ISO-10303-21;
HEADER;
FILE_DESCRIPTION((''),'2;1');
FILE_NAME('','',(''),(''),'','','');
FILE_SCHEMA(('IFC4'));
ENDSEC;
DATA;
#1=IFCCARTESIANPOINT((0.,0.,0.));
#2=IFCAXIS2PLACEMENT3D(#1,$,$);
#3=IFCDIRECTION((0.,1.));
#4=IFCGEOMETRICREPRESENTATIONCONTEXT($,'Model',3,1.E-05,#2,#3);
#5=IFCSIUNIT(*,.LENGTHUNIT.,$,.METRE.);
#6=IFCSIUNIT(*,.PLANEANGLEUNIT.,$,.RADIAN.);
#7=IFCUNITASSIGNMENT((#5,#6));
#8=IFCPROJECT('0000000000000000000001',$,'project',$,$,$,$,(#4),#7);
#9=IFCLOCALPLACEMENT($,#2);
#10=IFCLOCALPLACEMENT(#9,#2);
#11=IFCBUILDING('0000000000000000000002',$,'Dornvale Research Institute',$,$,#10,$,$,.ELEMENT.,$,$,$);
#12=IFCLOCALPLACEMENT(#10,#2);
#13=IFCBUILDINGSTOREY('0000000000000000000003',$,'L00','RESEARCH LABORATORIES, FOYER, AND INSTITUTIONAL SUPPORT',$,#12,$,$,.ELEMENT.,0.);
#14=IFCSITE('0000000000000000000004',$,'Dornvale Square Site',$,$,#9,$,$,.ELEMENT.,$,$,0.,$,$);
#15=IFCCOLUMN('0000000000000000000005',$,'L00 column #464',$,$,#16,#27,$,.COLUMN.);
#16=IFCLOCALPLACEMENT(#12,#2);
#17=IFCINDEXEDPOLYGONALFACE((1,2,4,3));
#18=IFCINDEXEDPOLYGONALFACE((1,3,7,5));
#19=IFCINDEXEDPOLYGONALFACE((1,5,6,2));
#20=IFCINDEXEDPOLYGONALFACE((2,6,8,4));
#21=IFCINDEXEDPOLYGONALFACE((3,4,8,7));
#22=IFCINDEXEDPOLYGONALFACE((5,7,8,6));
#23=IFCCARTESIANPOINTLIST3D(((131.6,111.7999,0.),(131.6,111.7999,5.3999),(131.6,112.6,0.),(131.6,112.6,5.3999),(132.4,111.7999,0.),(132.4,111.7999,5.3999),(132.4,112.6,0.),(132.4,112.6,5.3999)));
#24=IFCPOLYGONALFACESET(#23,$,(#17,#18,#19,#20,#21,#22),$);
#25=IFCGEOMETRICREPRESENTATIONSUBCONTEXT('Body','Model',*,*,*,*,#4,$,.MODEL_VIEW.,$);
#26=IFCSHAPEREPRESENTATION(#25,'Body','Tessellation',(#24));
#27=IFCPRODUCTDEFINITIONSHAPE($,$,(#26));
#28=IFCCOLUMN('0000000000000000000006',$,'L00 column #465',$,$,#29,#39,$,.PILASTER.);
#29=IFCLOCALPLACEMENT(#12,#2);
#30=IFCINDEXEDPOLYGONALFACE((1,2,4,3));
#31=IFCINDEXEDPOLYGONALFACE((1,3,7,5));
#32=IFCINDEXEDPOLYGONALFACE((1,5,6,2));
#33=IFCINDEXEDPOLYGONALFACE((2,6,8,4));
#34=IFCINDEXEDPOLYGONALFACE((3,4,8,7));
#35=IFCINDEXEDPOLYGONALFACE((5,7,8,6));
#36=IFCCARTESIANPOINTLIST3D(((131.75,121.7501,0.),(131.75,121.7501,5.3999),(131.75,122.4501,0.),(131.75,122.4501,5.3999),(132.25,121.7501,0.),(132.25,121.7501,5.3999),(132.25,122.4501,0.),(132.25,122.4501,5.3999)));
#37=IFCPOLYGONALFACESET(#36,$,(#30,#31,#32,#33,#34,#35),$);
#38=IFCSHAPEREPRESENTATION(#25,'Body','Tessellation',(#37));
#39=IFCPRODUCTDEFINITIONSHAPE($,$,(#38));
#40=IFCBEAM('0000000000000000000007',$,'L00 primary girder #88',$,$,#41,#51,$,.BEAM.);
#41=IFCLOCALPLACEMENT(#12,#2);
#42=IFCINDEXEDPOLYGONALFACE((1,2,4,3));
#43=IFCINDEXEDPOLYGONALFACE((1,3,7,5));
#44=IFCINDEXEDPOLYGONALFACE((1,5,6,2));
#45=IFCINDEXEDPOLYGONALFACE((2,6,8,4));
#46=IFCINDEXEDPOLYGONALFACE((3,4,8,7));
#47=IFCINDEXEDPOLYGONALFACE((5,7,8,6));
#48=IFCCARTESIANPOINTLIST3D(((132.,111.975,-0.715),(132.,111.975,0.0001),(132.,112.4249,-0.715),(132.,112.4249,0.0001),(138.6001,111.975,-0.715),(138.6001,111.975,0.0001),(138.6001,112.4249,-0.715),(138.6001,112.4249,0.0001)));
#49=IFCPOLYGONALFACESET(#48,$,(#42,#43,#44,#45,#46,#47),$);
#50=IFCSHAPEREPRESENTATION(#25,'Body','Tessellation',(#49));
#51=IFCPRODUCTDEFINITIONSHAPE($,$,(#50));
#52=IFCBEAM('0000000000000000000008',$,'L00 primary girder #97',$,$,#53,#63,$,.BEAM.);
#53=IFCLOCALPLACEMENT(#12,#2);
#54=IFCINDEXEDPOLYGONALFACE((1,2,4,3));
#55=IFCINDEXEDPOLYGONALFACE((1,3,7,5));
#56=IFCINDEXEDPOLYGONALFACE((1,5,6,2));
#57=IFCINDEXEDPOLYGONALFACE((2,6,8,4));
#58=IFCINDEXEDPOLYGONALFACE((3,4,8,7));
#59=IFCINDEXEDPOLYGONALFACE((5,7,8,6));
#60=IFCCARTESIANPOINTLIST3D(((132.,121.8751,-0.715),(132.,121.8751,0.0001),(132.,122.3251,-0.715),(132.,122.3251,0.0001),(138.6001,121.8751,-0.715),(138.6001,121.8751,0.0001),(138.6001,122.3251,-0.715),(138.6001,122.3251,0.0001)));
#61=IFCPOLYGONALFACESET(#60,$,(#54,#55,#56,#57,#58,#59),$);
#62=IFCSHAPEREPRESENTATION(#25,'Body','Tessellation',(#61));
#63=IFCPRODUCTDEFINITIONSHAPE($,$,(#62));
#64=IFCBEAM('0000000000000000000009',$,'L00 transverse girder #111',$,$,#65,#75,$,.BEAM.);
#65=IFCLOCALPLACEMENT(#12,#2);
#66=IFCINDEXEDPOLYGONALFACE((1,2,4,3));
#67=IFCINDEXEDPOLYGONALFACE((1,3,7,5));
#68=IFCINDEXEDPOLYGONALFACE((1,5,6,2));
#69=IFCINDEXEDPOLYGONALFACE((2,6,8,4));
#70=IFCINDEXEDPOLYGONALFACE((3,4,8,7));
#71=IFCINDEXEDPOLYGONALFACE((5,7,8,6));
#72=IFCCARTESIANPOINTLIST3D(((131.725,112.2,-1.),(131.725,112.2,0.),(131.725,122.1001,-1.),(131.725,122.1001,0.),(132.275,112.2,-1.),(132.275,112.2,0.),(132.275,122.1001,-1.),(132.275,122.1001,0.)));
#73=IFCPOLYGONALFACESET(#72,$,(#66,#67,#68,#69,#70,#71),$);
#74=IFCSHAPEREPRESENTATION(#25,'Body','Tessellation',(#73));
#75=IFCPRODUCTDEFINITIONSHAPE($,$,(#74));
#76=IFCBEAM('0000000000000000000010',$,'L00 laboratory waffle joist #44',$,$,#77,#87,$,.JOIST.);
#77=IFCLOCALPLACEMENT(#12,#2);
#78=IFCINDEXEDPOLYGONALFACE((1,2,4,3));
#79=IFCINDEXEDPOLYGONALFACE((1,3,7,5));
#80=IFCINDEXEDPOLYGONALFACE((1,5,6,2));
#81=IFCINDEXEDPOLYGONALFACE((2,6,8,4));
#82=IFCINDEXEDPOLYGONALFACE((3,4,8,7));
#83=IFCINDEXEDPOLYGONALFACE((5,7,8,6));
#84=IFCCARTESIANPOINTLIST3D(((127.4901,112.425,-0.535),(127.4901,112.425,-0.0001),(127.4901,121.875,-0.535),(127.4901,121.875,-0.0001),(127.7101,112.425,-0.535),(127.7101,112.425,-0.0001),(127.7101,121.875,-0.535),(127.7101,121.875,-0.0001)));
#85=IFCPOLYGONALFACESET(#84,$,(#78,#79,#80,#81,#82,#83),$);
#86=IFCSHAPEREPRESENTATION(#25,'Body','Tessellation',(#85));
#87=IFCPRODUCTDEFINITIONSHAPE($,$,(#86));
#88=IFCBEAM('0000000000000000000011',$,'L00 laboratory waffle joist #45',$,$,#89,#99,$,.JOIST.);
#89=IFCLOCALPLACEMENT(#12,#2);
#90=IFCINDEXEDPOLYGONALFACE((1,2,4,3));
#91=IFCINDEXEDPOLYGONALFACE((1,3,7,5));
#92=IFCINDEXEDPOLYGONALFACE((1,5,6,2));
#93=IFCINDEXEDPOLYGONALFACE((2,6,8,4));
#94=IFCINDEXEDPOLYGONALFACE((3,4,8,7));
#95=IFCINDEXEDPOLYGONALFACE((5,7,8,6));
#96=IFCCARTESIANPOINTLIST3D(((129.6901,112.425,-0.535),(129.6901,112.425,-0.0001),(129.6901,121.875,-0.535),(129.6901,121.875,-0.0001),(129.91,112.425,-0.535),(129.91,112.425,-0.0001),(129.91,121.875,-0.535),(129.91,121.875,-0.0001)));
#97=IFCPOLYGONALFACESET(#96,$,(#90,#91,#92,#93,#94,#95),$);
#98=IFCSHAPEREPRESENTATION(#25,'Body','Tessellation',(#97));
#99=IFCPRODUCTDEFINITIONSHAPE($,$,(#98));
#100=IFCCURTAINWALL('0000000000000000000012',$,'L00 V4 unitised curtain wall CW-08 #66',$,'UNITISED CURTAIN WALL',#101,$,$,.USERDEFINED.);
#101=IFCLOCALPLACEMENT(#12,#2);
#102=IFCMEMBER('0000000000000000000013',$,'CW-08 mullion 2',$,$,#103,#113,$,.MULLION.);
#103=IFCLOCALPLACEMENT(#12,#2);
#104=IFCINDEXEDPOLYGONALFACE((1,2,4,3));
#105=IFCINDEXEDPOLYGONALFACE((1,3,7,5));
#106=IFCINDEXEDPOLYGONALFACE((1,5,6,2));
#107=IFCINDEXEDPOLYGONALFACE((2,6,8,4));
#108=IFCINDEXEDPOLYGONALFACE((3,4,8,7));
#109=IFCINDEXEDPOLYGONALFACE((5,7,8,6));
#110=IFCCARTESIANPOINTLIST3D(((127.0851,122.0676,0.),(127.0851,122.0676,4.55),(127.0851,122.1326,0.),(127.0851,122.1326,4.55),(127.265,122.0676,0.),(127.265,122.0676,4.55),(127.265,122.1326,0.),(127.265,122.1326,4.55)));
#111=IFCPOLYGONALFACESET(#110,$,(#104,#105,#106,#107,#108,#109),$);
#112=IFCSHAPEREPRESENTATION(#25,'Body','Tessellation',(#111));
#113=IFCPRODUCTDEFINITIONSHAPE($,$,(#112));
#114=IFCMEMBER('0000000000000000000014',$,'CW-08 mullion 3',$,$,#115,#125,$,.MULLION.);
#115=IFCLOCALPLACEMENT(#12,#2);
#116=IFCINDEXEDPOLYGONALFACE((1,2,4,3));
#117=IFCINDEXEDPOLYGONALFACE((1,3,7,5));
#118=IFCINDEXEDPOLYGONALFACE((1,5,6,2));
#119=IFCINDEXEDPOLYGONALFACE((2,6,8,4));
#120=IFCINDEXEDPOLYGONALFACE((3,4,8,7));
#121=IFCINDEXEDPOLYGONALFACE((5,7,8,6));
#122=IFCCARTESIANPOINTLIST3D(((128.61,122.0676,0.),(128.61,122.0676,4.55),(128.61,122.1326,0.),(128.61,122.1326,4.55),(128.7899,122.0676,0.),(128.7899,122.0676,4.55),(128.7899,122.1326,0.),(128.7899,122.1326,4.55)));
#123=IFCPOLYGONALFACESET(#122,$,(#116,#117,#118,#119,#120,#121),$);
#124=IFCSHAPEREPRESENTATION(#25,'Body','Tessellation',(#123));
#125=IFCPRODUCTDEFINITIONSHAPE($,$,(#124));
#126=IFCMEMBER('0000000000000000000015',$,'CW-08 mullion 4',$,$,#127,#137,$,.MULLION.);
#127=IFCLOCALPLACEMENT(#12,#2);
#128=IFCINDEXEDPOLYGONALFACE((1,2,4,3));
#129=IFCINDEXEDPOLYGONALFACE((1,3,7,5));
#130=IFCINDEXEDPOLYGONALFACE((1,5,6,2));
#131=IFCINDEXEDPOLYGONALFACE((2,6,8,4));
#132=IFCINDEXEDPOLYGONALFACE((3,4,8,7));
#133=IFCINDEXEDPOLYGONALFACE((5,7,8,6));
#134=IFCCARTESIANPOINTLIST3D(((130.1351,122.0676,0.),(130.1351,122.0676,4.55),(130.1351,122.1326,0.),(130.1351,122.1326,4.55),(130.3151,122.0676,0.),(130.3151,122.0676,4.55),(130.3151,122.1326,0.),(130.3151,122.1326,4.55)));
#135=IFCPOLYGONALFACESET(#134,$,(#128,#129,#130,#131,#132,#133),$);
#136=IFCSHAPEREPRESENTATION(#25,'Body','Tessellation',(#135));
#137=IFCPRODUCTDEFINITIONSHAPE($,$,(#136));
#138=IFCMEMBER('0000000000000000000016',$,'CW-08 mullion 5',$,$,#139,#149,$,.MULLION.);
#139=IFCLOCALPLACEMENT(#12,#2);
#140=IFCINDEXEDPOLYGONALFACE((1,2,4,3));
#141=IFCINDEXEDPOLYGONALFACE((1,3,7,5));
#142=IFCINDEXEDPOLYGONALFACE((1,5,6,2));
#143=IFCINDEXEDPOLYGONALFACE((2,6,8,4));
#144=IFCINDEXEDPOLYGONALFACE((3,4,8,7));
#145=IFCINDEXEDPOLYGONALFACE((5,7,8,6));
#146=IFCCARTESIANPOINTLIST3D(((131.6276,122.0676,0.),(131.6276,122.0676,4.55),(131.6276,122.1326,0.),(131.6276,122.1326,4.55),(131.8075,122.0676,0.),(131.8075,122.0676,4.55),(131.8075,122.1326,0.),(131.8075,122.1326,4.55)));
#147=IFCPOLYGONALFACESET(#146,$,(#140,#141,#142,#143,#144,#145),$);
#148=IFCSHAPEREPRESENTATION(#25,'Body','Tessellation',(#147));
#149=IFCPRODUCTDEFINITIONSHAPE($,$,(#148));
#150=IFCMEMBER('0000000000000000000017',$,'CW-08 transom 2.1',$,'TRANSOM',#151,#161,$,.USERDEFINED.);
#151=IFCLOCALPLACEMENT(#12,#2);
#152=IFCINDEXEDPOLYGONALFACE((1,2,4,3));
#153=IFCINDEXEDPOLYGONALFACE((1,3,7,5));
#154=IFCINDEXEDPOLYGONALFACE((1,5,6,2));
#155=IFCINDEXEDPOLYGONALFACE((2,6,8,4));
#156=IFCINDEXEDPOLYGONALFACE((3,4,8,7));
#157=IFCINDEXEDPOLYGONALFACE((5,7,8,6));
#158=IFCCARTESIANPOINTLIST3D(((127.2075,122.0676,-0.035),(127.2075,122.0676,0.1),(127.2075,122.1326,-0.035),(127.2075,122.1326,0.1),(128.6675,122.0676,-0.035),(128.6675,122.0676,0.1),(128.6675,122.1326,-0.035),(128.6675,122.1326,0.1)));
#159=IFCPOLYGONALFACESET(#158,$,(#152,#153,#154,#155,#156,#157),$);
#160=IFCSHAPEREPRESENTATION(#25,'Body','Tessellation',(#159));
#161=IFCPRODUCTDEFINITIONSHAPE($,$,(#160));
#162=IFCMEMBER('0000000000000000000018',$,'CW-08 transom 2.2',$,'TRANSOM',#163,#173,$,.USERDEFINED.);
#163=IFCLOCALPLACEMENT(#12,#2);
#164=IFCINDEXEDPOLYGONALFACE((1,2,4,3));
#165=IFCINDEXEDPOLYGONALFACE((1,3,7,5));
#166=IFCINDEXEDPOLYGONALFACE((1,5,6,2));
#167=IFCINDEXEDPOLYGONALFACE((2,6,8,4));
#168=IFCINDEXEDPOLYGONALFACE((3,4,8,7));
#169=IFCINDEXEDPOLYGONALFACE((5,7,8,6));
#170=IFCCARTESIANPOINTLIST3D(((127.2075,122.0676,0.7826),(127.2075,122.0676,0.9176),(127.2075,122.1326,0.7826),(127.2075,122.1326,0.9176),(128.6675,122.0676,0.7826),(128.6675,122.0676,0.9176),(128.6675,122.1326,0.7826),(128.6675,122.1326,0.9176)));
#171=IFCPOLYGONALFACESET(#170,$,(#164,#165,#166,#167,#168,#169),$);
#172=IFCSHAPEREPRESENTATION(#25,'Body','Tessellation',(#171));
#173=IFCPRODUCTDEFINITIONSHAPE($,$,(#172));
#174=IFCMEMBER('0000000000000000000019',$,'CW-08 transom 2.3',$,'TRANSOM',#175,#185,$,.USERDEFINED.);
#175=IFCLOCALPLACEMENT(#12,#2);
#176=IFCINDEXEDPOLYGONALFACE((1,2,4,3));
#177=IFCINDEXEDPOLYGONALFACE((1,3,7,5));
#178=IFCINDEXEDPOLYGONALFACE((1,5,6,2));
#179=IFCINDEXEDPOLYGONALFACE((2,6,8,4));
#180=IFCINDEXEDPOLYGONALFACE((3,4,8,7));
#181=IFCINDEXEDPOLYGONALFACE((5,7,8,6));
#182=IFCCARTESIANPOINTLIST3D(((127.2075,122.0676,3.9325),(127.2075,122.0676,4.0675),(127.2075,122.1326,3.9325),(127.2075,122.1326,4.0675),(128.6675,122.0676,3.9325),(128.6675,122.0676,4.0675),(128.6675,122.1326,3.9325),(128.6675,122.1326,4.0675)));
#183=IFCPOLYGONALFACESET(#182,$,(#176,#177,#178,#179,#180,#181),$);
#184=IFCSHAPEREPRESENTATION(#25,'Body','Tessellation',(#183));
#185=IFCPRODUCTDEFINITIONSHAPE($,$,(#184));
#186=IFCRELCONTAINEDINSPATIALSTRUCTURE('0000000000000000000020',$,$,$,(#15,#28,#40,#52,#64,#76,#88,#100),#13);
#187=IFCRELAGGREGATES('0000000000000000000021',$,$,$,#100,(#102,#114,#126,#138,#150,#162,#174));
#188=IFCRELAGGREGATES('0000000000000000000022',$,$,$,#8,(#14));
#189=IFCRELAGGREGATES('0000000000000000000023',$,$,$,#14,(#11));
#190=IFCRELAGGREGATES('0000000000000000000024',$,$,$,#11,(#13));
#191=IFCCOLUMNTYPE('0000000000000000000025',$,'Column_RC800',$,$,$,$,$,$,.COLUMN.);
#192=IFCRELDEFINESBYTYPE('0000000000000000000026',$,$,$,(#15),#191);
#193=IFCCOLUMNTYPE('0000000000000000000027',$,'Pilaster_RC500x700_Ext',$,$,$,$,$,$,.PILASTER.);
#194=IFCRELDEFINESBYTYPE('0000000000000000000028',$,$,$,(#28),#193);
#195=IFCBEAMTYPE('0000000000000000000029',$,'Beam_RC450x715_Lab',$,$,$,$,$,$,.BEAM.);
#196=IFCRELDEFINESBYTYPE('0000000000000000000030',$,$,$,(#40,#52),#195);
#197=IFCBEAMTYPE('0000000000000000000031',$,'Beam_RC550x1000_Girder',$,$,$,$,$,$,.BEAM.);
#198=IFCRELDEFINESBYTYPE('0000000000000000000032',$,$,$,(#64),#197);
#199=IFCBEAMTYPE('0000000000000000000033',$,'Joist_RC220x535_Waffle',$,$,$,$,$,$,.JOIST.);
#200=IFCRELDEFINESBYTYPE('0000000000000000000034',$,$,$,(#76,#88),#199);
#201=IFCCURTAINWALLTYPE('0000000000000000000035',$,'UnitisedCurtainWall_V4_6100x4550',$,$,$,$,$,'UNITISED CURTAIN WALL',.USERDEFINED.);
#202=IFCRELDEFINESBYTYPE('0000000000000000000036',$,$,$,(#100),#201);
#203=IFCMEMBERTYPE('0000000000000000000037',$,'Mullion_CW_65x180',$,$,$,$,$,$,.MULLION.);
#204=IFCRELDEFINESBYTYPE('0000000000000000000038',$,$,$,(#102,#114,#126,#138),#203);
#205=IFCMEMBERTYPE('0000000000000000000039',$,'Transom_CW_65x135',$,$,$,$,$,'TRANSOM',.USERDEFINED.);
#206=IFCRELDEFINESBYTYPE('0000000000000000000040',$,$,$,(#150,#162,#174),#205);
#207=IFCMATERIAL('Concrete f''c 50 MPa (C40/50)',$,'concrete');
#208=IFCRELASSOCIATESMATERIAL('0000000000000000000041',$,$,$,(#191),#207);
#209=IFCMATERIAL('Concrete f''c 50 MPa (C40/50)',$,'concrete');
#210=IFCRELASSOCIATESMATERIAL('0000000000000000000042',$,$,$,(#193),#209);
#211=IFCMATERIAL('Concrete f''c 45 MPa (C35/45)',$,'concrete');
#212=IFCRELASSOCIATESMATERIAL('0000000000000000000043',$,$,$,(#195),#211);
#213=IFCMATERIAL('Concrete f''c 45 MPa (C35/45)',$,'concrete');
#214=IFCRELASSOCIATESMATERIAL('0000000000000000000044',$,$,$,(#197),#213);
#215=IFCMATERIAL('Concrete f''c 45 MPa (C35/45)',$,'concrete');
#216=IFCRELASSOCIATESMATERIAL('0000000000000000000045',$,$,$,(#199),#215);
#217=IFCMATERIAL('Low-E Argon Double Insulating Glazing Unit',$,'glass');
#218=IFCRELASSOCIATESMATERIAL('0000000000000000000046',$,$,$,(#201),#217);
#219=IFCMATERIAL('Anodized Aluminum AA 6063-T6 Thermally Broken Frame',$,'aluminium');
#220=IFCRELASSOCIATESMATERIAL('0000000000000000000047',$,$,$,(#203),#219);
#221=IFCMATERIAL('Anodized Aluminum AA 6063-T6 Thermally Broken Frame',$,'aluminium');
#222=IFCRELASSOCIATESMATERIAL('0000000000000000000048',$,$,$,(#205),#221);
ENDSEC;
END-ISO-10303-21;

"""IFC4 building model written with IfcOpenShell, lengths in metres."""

from ifc_helpers import new_model, si_unit, direction, frame, origin, origin_2d, place, context, subcontext, project, spatial, rectangle, extrude, material, material_profile, profile_set, type_object, element, aggregate, save


model = new_model("IFC4")

# Units and contexts
model_context = context("Model", 3, precision=1e-05, world=origin(), true_north=direction((0.0, 1.0)))
body_context = subcontext(model_context, "Body", "Model", "MODEL_VIEW")
ifc_project = project(units=[si_unit("LENGTHUNIT", "METRE"), si_unit("PLANEANGLEUNIT", "RADIAN")], contexts=[model_context])

# Site, building, storey
site_placement = place(None, origin())
site = spatial("IfcSite", under=ifc_project, at=site_placement, Name="Dornvale Square Site", CompositionType="ELEMENT", RefElevation=0.0)
building_placement = place(site_placement, origin())
building = spatial("IfcBuilding", under=site, at=building_placement, Name="Dornvale Research Institute", CompositionType="ELEMENT")
storey_placement = place(building_placement, origin())
storey = spatial("IfcBuildingStorey", under=building, at=storey_placement, Name="L00", Description="RESEARCH LABORATORIES, FOYER, AND INSTITUTIONAL SUPPORT", CompositionType="ELEMENT", Elevation=0.0)

# Columns
ifc_material_1 = material(Name="Concrete f'c 50 MPa (C40/50)", Category="concrete")
ifc_material_profile_1 = material_profile(ifc_material_1, rectangle(XDim=0.8, YDim=0.8, at=origin_2d()), Name="RC 800x800")
ifc_profile_set_1 = profile_set([ifc_material_profile_1], Name="Concrete f'c 50 MPa (C40/50)")
column_type_1 = type_object("IfcColumnType", Name="Column_RC800", PredefinedType="COLUMN", material=ifc_profile_set_1)
column_1_placement = place(storey_placement, frame((132.0, 112.2, 0.0), z_axis=(0.0, 0.0, 1.0), x_axis=(1.0, 0.0, 0.0)))
element("IfcColumn", 1, at=column_1_placement, inside=storey, type_object=column_type_1, Name="L00 column #464", PredefinedType="COLUMN", context=body_context, shape_type="SweptSolid", body=[
    extrude(rectangle(XDim=0.8, YDim=0.8, at=origin_2d()), origin(), (0.0, 0.0, 1.0), 5.3999),
])
ifc_material_2 = material(Name="Concrete f'c 50 MPa (C40/50)", Category="concrete")
ifc_material_profile_2 = material_profile(ifc_material_2, rectangle(XDim=0.5, YDim=0.7, at=origin_2d()), Name="RC 500x700")
ifc_profile_set_2 = profile_set([ifc_material_profile_2], Name="Concrete f'c 50 MPa (C40/50)")
column_type_2 = type_object("IfcColumnType", Name="Pilaster_RC500x700_Ext", PredefinedType="PILASTER", material=ifc_profile_set_2)
column_2_placement = place(storey_placement, frame((132.0, 122.1001, 0.0), z_axis=(0.0, 0.0, 1.0), x_axis=(1.0, 0.0, 0.0)))
element("IfcColumn", 2, at=column_2_placement, inside=storey, type_object=column_type_2, Name="L00 column #465", PredefinedType="PILASTER", context=body_context, shape_type="SweptSolid", body=[
    extrude(rectangle(XDim=0.5, YDim=0.7, at=origin_2d()), origin(), (0.0, 0.0, 1.0), 5.3999),
])

# Beams
ifc_material_3 = material(Name="Concrete f'c 45 MPa (C35/45)", Category="concrete")
ifc_material_profile_3 = material_profile(ifc_material_3, rectangle(XDim=0.45, YDim=0.7151, at=origin_2d()), Name="RC 450x715")
ifc_profile_set_3 = profile_set([ifc_material_profile_3], Name="Concrete f'c 45 MPa (C35/45)")
beam_type_1 = type_object("IfcBeamType", Name="Beam_RC450x715_Lab", PredefinedType="BEAM", material=ifc_profile_set_3)
for number, where, z_axis, x_axis, name in (
    (3, (132.0, 112.2, -0.3574), (1.0, 0.0, 0.0), (0.0, 1.0, 0.0), "L00 primary girder #88"),
    (4, (132.0, 122.1001, -0.3574), (1.0, 0.0, 0.0), (0.0, 1.0, 0.0), "L00 primary girder #97"),
):
    element("IfcBeam", number, at=place(storey_placement, frame(where, z_axis=z_axis, x_axis=x_axis)), inside=storey, type_object=beam_type_1, Name=name, PredefinedType="BEAM", context=body_context, shape_type="SweptSolid", body=[
        extrude(rectangle(XDim=0.45, YDim=0.7151, at=origin_2d()), origin(), (0.0, 0.0, 1.0), 6.6001),
    ])
ifc_material_4 = material(Name="Concrete f'c 45 MPa (C35/45)", Category="concrete")
ifc_material_profile_4 = material_profile(ifc_material_4, rectangle(XDim=0.55, YDim=1.0, at=origin_2d()), Name="RC 550x1000")
ifc_profile_set_4 = profile_set([ifc_material_profile_4], Name="Concrete f'c 45 MPa (C35/45)")
beam_type_2 = type_object("IfcBeamType", Name="Beam_RC550x1000_Girder", PredefinedType="BEAM", material=ifc_profile_set_4)
beam_placement = place(storey_placement, frame((132.0, 112.2, -0.5), z_axis=(0.0, 1.0, 0.0), x_axis=(-1.0, 0.0, 0.0)))
element("IfcBeam", 5, at=beam_placement, inside=storey, type_object=beam_type_2, Name="L00 transverse girder #111", PredefinedType="BEAM", context=body_context, shape_type="SweptSolid", body=[
    extrude(rectangle(XDim=0.55, YDim=1.0, at=origin_2d()), origin(), (0.0, 0.0, 1.0), 9.9001),
])
ifc_material_5 = material(Name="Concrete f'c 45 MPa (C35/45)", Category="concrete")
ifc_material_profile_5 = material_profile(ifc_material_5, rectangle(XDim=0.22, YDim=0.5349, at=origin_2d()), Name="RC 220x535")
ifc_profile_set_5 = profile_set([ifc_material_profile_5], Name="Concrete f'c 45 MPa (C35/45)")
beam_type_3 = type_object("IfcBeamType", Name="Joist_RC220x535_Waffle", PredefinedType="JOIST", material=ifc_profile_set_5)
for number, where, z_axis, x_axis, name in (
    (6, (127.6001, 112.425, -0.2676), (0.0, 1.0, 0.0), (-1.0, 0.0, 0.0), "L00 laboratory waffle joist #44"),
    (7, (129.8, 112.425, -0.2676), (0.0, 1.0, 0.0), (-1.0, 0.0, 0.0), "L00 laboratory waffle joist #45"),
):
    element("IfcBeam", number, at=place(storey_placement, frame(where, z_axis=z_axis, x_axis=x_axis)), inside=storey, type_object=beam_type_3, Name=name, PredefinedType="JOIST", context=body_context, shape_type="SweptSolid", body=[
        extrude(rectangle(XDim=0.22, YDim=0.5349, at=origin_2d()), origin(), (0.0, 0.0, 1.0), 9.45),
    ])

# Curtain wall, members
ifc_material_6 = material(Name="Low-E Argon Double Insulating Glazing Unit", Category="glass")
curtain_wall_type = type_object("IfcCurtainWallType", Name="UnitisedCurtainWall_V4_6100x4550", ElementType="UNITISED CURTAIN WALL", PredefinedType="USERDEFINED", material=ifc_material_6)
curtain_wall_placement = place(storey_placement, origin())
curtain_wall = element("IfcCurtainWall", 8, at=curtain_wall_placement, inside=storey, type_object=curtain_wall_type, Name="L00 V4 unitised curtain wall CW-08 #66", ObjectType="UNITISED CURTAIN WALL", PredefinedType="USERDEFINED")
ifc_material_7 = material(Name="Anodized Aluminum AA 6063-T6 Thermally Broken Frame", Category="aluminium")
ifc_material_profile_6 = material_profile(ifc_material_7, rectangle(XDim=0.0649, YDim=0.1799, at=origin_2d()), Name="ALU MULLION 65x180")
ifc_profile_set_6 = profile_set([ifc_material_profile_6], Name="Anodized Aluminum AA 6063-T6 Thermally Broken Frame")
member_type_1 = type_object("IfcMemberType", Name="Mullion_CW_65x180", PredefinedType="MULLION", material=ifc_profile_set_6)
member_1_placement = place(storey_placement, frame((127.175, 122.1001, 0.0), z_axis=(0.0, 0.0, 1.0), x_axis=(0.0, 1.0, 0.0)))
member_1 = element("IfcMember", 9, at=member_1_placement, type_object=member_type_1, Name="CW-08 mullion 2", PredefinedType="MULLION", context=body_context, shape_type="SweptSolid", body=[
    extrude(rectangle(XDim=0.0649, YDim=0.1799, at=origin_2d()), origin(), (0.0, 0.0, 1.0), 4.55),
])
member_2_placement = place(storey_placement, frame((128.7, 122.1001, 0.0), z_axis=(0.0, 0.0, 1.0), x_axis=(0.0, 1.0, 0.0)))
member_2 = element("IfcMember", 10, at=member_2_placement, type_object=member_type_1, Name="CW-08 mullion 3", PredefinedType="MULLION", context=body_context, shape_type="SweptSolid", body=[
    extrude(rectangle(XDim=0.0649, YDim=0.1799, at=origin_2d()), origin(), (0.0, 0.0, 1.0), 4.55),
])
member_3_placement = place(storey_placement, frame((130.2251, 122.1001, 0.0), z_axis=(0.0, 0.0, 1.0), x_axis=(0.0, 1.0, 0.0)))
member_3 = element("IfcMember", 11, at=member_3_placement, type_object=member_type_1, Name="CW-08 mullion 4", PredefinedType="MULLION", context=body_context, shape_type="SweptSolid", body=[
    extrude(rectangle(XDim=0.0649, YDim=0.1799, at=origin_2d()), origin(), (0.0, 0.0, 1.0), 4.55),
])
member_4_placement = place(storey_placement, frame((131.7175, 122.1001, 0.0), z_axis=(0.0, 0.0, 1.0), x_axis=(0.0, 1.0, 0.0)))
member_4 = element("IfcMember", 12, at=member_4_placement, type_object=member_type_1, Name="CW-08 mullion 5", PredefinedType="MULLION", context=body_context, shape_type="SweptSolid", body=[
    extrude(rectangle(XDim=0.0649, YDim=0.1799, at=origin_2d()), origin(), (0.0, 0.0, 1.0), 4.55),
])
ifc_material_8 = material(Name="Anodized Aluminum AA 6063-T6 Thermally Broken Frame", Category="aluminium")
ifc_material_profile_7 = material_profile(ifc_material_8, rectangle(XDim=0.0649, YDim=0.135, at=origin_2d()), Name="ALU TRANSOM 65x135")
ifc_profile_set_7 = profile_set([ifc_material_profile_7], Name="Anodized Aluminum AA 6063-T6 Thermally Broken Frame")
member_type_2 = type_object("IfcMemberType", Name="Transom_CW_65x135", ElementType="TRANSOM", PredefinedType="USERDEFINED", material=ifc_profile_set_7)
member_5_placement = place(storey_placement, frame((127.2075, 122.1001, 0.0325), z_axis=(1.0, 0.0, 0.0), x_axis=(0.0, 1.0, 0.0)))
member_5 = element("IfcMember", 13, at=member_5_placement, type_object=member_type_2, Name="CW-08 transom 2.1", ObjectType="TRANSOM", PredefinedType="USERDEFINED", context=body_context, shape_type="SweptSolid", body=[
    extrude(rectangle(XDim=0.0649, YDim=0.135, at=origin_2d()), origin(), (0.0, 0.0, 1.0), 1.46),
])
member_6_placement = place(storey_placement, frame((127.2075, 122.1001, 0.8501), z_axis=(1.0, 0.0, 0.0), x_axis=(0.0, 1.0, 0.0)))
member_6 = element("IfcMember", 14, at=member_6_placement, type_object=member_type_2, Name="CW-08 transom 2.2", ObjectType="TRANSOM", PredefinedType="USERDEFINED", context=body_context, shape_type="SweptSolid", body=[
    extrude(rectangle(XDim=0.0649, YDim=0.135, at=origin_2d()), origin(), (0.0, 0.0, 1.0), 1.46),
])
member_7_placement = place(storey_placement, frame((127.2075, 122.1001, 4.0), z_axis=(1.0, 0.0, 0.0), x_axis=(0.0, 1.0, 0.0)))
member_7 = element("IfcMember", 15, at=member_7_placement, type_object=member_type_2, Name="CW-08 transom 2.3", ObjectType="TRANSOM", PredefinedType="USERDEFINED", context=body_context, shape_type="SweptSolid", body=[
    extrude(rectangle(XDim=0.0649, YDim=0.135, at=origin_2d()), origin(), (0.0, 0.0, 1.0), 1.46),
])
aggregate(curtain_wall, [member_1, member_2, member_3, member_4, member_5, member_6, member_7])

save(model, "model.ifc")
